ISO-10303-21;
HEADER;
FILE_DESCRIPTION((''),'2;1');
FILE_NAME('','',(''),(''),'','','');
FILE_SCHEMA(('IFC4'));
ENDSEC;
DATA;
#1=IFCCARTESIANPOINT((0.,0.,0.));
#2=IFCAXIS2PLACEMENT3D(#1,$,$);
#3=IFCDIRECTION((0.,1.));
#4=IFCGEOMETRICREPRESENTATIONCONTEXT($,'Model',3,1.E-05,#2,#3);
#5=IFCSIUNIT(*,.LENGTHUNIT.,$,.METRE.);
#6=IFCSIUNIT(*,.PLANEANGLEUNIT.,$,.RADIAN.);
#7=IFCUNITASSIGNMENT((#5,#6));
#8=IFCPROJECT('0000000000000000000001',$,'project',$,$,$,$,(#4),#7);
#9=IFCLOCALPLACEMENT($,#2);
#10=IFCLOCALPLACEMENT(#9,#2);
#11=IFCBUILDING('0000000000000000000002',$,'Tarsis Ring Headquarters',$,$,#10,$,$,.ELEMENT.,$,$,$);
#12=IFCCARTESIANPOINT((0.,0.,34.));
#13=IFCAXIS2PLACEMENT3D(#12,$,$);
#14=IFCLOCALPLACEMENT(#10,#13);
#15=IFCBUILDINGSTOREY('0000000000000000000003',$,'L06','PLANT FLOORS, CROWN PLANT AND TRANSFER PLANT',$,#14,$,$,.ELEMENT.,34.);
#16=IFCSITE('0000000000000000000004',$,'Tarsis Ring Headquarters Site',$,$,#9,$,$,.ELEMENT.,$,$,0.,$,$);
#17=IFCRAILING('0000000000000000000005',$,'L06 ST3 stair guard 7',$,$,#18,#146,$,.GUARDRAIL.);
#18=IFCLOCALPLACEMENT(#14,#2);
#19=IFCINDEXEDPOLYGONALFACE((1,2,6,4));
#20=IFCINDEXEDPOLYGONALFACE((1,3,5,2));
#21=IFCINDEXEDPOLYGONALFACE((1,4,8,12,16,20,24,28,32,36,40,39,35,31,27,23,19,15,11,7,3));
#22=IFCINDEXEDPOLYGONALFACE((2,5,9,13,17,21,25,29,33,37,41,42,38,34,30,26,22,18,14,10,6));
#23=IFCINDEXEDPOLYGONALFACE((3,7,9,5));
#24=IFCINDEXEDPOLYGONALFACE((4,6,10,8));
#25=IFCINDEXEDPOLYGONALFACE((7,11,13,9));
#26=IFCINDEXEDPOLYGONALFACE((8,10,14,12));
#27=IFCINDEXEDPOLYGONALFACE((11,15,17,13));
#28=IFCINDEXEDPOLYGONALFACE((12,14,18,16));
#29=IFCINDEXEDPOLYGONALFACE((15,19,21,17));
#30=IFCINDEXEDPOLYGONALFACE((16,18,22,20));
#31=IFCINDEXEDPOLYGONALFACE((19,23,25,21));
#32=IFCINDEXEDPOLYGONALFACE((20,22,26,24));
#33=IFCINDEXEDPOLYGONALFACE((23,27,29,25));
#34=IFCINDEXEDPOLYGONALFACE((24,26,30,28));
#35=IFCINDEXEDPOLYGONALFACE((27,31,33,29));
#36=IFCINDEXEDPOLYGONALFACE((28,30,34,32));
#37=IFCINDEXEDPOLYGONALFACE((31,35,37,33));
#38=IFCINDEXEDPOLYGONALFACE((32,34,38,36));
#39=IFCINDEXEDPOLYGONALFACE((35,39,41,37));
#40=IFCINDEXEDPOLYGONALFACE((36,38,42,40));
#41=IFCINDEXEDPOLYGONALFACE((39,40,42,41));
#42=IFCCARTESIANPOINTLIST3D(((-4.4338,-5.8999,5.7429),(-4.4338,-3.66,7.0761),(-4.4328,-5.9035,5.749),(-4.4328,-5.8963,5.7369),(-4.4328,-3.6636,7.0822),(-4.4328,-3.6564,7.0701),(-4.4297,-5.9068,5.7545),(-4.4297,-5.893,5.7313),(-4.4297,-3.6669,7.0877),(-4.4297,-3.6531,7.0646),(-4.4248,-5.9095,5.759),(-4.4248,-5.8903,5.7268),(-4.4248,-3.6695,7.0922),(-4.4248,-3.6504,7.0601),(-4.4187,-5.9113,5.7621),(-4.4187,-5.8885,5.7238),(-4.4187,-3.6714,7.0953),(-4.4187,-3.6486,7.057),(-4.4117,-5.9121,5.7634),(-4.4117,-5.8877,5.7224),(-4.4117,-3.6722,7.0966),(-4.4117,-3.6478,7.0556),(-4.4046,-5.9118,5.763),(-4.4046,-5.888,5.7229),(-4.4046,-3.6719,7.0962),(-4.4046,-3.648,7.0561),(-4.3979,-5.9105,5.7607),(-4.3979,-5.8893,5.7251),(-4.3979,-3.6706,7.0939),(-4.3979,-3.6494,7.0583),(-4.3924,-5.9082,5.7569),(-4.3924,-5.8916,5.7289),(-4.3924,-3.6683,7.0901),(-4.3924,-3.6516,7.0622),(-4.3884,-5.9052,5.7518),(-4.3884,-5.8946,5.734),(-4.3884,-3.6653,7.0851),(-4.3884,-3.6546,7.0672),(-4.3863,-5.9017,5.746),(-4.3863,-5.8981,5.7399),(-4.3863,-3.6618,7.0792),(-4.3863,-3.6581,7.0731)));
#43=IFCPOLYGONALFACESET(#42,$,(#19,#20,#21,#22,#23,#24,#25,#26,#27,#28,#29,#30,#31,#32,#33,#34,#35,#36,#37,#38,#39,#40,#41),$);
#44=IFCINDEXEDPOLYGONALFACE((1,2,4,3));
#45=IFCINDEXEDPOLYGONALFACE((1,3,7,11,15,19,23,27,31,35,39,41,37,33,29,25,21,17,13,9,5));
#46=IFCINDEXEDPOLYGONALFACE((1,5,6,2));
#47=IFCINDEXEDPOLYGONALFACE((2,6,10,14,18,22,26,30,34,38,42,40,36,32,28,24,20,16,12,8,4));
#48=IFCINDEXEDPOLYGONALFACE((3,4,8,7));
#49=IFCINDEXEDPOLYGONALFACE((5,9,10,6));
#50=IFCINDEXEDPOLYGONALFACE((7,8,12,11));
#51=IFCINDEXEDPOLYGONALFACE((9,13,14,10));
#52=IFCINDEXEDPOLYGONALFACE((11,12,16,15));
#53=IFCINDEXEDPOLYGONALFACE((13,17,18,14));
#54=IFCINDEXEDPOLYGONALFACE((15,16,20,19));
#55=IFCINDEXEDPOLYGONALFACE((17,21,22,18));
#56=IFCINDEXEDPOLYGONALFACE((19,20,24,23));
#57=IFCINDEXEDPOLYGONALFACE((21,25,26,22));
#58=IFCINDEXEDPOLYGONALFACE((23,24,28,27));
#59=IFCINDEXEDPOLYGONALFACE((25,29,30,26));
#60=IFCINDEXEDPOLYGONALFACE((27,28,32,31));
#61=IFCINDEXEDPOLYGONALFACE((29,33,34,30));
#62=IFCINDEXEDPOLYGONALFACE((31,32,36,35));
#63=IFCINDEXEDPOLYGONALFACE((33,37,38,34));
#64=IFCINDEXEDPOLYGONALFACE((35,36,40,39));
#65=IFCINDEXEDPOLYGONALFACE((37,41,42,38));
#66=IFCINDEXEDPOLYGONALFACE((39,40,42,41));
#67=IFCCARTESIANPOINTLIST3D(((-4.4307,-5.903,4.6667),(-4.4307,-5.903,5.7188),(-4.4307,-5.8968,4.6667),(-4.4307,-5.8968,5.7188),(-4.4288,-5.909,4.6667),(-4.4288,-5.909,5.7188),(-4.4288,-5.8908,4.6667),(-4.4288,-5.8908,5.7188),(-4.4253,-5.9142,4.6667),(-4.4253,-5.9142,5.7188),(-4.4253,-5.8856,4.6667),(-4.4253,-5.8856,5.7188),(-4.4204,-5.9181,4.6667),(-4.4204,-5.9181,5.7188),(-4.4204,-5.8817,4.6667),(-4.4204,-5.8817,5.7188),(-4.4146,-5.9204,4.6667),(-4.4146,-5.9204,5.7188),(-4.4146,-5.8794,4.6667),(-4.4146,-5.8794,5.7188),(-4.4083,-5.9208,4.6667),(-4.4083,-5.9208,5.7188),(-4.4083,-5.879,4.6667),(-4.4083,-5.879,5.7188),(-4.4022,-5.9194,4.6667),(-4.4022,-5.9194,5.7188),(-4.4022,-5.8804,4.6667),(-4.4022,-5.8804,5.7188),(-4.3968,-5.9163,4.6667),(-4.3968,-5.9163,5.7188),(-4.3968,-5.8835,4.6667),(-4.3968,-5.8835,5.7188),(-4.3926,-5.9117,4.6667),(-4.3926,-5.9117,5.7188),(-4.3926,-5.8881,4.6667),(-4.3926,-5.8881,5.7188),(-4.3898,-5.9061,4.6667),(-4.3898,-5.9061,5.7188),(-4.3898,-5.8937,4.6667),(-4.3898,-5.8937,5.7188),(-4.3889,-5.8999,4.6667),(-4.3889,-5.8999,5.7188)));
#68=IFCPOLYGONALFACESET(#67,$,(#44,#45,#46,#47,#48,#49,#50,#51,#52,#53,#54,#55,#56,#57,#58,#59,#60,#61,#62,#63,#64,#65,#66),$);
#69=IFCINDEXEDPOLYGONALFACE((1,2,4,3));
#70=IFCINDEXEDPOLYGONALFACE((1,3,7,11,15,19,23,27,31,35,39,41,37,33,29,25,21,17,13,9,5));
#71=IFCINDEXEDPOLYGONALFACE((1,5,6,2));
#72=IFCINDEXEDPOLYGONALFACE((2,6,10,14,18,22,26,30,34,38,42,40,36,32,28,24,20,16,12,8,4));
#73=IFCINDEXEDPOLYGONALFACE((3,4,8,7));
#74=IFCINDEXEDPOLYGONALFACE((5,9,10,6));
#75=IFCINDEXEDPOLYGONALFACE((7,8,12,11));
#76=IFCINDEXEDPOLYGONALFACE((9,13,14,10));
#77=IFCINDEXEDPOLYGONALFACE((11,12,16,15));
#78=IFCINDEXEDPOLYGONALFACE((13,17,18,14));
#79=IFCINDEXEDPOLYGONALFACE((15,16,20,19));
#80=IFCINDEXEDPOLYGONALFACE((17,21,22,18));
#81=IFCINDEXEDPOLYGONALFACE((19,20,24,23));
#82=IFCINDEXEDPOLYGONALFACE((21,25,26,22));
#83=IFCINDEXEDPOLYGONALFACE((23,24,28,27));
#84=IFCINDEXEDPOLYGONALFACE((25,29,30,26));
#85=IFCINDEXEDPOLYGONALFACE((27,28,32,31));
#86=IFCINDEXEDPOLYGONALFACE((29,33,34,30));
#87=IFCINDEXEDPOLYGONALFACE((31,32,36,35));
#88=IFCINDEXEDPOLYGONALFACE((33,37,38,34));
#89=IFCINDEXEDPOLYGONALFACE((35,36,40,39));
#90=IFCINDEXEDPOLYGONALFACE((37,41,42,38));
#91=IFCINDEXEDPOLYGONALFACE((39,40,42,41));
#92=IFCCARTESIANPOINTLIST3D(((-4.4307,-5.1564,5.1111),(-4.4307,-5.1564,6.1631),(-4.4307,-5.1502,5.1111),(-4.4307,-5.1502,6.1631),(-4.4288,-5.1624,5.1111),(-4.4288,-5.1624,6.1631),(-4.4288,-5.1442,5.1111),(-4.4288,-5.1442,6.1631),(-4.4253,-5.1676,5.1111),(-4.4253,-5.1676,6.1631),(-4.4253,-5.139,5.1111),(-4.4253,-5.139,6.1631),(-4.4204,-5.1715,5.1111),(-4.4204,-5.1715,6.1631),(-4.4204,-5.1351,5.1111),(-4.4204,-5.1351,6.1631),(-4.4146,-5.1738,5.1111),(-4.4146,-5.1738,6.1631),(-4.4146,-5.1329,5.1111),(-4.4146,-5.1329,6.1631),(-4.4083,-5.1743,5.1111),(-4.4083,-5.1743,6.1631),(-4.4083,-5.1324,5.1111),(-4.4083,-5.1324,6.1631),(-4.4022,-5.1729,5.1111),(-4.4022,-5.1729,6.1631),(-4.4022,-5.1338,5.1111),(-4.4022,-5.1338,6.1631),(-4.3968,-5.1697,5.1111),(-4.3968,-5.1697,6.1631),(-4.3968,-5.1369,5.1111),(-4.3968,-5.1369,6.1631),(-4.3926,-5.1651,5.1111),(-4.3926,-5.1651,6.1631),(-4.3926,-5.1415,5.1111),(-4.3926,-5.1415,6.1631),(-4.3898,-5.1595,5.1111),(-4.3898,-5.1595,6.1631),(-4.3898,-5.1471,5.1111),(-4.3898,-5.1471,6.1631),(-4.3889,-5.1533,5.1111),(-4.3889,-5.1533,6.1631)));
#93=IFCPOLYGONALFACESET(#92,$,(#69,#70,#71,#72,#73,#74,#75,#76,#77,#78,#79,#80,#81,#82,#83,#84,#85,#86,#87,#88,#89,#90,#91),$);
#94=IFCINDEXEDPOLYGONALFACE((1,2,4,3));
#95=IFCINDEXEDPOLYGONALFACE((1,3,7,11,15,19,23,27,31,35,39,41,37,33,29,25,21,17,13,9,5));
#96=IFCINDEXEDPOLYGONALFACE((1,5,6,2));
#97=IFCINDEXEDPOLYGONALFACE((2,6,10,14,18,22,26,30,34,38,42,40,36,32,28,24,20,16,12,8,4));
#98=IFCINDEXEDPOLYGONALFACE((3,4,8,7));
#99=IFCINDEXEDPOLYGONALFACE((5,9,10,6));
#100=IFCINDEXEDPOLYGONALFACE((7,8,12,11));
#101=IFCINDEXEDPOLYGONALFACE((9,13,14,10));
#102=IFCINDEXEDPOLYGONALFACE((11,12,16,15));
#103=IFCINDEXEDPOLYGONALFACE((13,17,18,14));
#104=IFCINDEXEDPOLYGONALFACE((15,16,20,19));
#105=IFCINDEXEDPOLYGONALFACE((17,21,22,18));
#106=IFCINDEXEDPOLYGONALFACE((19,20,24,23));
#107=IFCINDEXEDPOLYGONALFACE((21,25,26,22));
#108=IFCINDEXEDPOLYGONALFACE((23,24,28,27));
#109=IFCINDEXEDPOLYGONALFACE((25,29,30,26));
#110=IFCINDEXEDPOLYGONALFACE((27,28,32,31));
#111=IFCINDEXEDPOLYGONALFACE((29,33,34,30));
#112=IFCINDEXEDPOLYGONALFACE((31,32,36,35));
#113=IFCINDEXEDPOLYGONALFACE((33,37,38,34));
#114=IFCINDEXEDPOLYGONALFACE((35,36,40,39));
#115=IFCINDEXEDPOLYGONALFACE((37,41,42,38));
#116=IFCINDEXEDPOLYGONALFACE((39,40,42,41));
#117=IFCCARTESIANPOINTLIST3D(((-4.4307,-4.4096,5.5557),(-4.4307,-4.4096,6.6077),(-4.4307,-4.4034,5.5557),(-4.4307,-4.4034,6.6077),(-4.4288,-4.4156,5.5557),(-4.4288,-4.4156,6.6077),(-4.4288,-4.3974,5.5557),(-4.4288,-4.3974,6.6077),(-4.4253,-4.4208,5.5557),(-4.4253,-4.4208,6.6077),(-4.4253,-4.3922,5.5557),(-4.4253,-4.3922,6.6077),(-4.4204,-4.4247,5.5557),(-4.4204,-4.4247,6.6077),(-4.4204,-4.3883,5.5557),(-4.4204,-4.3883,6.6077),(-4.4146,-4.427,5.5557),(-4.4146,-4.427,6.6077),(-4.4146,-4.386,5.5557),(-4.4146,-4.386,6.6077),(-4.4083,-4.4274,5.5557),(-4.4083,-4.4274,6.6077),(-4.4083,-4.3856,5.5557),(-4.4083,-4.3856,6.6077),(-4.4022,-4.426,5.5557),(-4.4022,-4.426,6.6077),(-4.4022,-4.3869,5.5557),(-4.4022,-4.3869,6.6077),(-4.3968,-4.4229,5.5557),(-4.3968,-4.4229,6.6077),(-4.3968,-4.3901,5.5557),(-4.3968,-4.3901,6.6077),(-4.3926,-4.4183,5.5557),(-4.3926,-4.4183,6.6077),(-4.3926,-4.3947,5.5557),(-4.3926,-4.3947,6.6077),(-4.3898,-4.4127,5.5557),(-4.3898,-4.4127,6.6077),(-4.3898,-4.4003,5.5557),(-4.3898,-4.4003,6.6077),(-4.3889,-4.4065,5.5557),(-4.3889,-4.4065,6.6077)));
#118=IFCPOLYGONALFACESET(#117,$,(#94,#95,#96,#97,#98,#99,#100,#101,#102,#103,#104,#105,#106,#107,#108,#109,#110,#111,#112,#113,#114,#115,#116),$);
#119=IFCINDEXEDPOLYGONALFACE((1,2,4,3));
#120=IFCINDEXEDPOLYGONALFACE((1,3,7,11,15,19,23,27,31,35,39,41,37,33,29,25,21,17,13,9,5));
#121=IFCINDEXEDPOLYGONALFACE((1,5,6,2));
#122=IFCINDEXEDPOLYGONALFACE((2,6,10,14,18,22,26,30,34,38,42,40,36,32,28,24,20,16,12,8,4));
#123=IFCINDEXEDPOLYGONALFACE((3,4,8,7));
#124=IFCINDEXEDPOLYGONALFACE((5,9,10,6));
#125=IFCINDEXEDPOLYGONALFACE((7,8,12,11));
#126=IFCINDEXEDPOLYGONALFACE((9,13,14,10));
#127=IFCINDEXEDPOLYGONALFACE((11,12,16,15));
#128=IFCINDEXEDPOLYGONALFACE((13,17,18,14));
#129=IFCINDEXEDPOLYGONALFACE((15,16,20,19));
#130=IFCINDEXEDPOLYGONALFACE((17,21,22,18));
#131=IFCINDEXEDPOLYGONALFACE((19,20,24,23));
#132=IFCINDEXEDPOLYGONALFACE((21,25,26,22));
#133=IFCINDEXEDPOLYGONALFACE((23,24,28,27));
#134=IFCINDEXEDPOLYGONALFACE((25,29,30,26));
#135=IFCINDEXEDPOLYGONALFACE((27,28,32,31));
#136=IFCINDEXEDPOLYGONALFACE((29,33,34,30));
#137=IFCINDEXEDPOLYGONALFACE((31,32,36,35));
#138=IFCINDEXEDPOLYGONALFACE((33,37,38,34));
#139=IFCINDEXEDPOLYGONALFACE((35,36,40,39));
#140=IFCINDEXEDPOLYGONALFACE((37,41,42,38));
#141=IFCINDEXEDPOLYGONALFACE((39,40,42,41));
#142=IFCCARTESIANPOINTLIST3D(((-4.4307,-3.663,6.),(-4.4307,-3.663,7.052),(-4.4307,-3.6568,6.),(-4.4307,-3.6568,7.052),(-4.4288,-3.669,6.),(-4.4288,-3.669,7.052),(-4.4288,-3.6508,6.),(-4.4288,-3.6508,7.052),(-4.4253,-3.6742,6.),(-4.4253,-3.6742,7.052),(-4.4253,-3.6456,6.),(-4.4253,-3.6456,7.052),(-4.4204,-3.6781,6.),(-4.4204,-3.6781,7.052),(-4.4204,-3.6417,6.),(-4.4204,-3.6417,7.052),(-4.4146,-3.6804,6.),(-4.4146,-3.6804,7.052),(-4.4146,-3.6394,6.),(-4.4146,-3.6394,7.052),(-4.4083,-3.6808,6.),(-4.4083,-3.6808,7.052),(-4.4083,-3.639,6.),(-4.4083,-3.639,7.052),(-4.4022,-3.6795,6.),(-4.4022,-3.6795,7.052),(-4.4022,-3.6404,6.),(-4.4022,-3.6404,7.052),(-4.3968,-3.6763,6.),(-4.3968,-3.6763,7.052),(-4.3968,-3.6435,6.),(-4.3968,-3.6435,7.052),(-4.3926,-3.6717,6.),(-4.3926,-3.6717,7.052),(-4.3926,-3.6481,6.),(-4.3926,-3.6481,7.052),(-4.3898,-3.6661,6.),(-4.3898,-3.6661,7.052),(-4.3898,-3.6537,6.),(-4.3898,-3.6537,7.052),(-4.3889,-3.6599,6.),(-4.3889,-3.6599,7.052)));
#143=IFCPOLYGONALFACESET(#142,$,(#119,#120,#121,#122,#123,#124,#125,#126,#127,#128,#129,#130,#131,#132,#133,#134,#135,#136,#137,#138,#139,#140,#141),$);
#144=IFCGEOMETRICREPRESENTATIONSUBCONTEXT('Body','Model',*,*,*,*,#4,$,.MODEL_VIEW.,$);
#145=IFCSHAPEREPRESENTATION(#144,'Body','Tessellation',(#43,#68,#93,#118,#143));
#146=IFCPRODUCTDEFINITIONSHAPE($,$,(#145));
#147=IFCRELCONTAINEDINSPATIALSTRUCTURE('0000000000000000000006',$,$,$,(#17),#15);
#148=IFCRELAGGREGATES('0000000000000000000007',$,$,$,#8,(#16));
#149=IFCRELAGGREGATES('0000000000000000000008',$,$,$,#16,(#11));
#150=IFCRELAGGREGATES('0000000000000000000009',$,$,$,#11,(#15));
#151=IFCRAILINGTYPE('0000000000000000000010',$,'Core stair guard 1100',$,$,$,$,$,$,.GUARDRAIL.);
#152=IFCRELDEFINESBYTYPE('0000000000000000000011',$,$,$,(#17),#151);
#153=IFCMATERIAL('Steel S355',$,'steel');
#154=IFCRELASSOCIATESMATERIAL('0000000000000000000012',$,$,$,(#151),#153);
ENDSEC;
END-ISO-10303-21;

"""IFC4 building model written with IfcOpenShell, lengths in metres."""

from ifc_helpers import new_model, si_unit, direction, frame, origin, origin_2d, place, context, subcontext, project, spatial, circle, extrude, material, type_object, element, save


model = new_model("IFC4")

# Units and contexts
model_context = context("Model", 3, precision=1e-05, world=origin(), true_north=direction((0.0, 1.0)))
body_context = subcontext(model_context, "Body", "Model", "MODEL_VIEW")
ifc_project = project(units=[si_unit("LENGTHUNIT", "METRE"), si_unit("PLANEANGLEUNIT", "RADIAN")], contexts=[model_context])

# Site, building, storey
site_placement = place(None, origin())
site = spatial("IfcSite", under=ifc_project, at=site_placement, Name="Tarsis Ring Headquarters Site", CompositionType="ELEMENT", RefElevation=0.0)
building_placement = place(site_placement, origin())
building = spatial("IfcBuilding", under=site, at=building_placement, Name="Tarsis Ring Headquarters", CompositionType="ELEMENT")
storey_placement = place(building_placement, frame((0.0, 0.0, 34.0)))
storey = spatial("IfcBuildingStorey", under=building, at=storey_placement, Name="L06", Description="PLANT FLOORS, CROWN PLANT AND TRANSFER PLANT", CompositionType="ELEMENT", Elevation=34.0)

# Shared definitions
ifc_material_1 = material(Name="Steel S355", Category="steel")

# Railing
railing_type_1 = type_object("IfcRailingType", Name="Core stair guard 1100", PredefinedType="GUARDRAIL", material=ifc_material_1)
railing_1_placement = place(storey_placement, frame((-4.4099, -5.8999, 4.6667)))
element("IfcRailing", 1, at=railing_1_placement, inside=storey, type_object=railing_type_1, Name="L06 ST3 stair guard 7", PredefinedType="GUARDRAIL", context=body_context, shape_type="SweptSolid", body=[
    extrude(circle(Radius=0.0239, at=origin_2d()), frame((0.0, 0.0, 1.0762), z_axis=(0.0, 0.859306, 0.511462), x_axis=(-1.0, 0.0, 0.0)), (0.0, 0.0, 1.0), 2.6067),
    extrude(circle(Radius=0.021, at=origin_2d()), origin(), (0.0, 0.0, 1.0), 1.052),
    extrude(circle(Radius=0.021, at=origin_2d()), frame((0.0, 0.7466, 0.4443)), (0.0, 0.0, 1.0), 1.052),
    extrude(circle(Radius=0.021, at=origin_2d()), frame((0.0, 1.4934, 0.8889)), (0.0, 0.0, 1.0), 1.052),
    extrude(circle(Radius=0.021, at=origin_2d()), frame((0.0, 2.24, 1.3333)), (0.0, 0.0, 1.0), 1.052),
])

save(model, "model.ifc")
